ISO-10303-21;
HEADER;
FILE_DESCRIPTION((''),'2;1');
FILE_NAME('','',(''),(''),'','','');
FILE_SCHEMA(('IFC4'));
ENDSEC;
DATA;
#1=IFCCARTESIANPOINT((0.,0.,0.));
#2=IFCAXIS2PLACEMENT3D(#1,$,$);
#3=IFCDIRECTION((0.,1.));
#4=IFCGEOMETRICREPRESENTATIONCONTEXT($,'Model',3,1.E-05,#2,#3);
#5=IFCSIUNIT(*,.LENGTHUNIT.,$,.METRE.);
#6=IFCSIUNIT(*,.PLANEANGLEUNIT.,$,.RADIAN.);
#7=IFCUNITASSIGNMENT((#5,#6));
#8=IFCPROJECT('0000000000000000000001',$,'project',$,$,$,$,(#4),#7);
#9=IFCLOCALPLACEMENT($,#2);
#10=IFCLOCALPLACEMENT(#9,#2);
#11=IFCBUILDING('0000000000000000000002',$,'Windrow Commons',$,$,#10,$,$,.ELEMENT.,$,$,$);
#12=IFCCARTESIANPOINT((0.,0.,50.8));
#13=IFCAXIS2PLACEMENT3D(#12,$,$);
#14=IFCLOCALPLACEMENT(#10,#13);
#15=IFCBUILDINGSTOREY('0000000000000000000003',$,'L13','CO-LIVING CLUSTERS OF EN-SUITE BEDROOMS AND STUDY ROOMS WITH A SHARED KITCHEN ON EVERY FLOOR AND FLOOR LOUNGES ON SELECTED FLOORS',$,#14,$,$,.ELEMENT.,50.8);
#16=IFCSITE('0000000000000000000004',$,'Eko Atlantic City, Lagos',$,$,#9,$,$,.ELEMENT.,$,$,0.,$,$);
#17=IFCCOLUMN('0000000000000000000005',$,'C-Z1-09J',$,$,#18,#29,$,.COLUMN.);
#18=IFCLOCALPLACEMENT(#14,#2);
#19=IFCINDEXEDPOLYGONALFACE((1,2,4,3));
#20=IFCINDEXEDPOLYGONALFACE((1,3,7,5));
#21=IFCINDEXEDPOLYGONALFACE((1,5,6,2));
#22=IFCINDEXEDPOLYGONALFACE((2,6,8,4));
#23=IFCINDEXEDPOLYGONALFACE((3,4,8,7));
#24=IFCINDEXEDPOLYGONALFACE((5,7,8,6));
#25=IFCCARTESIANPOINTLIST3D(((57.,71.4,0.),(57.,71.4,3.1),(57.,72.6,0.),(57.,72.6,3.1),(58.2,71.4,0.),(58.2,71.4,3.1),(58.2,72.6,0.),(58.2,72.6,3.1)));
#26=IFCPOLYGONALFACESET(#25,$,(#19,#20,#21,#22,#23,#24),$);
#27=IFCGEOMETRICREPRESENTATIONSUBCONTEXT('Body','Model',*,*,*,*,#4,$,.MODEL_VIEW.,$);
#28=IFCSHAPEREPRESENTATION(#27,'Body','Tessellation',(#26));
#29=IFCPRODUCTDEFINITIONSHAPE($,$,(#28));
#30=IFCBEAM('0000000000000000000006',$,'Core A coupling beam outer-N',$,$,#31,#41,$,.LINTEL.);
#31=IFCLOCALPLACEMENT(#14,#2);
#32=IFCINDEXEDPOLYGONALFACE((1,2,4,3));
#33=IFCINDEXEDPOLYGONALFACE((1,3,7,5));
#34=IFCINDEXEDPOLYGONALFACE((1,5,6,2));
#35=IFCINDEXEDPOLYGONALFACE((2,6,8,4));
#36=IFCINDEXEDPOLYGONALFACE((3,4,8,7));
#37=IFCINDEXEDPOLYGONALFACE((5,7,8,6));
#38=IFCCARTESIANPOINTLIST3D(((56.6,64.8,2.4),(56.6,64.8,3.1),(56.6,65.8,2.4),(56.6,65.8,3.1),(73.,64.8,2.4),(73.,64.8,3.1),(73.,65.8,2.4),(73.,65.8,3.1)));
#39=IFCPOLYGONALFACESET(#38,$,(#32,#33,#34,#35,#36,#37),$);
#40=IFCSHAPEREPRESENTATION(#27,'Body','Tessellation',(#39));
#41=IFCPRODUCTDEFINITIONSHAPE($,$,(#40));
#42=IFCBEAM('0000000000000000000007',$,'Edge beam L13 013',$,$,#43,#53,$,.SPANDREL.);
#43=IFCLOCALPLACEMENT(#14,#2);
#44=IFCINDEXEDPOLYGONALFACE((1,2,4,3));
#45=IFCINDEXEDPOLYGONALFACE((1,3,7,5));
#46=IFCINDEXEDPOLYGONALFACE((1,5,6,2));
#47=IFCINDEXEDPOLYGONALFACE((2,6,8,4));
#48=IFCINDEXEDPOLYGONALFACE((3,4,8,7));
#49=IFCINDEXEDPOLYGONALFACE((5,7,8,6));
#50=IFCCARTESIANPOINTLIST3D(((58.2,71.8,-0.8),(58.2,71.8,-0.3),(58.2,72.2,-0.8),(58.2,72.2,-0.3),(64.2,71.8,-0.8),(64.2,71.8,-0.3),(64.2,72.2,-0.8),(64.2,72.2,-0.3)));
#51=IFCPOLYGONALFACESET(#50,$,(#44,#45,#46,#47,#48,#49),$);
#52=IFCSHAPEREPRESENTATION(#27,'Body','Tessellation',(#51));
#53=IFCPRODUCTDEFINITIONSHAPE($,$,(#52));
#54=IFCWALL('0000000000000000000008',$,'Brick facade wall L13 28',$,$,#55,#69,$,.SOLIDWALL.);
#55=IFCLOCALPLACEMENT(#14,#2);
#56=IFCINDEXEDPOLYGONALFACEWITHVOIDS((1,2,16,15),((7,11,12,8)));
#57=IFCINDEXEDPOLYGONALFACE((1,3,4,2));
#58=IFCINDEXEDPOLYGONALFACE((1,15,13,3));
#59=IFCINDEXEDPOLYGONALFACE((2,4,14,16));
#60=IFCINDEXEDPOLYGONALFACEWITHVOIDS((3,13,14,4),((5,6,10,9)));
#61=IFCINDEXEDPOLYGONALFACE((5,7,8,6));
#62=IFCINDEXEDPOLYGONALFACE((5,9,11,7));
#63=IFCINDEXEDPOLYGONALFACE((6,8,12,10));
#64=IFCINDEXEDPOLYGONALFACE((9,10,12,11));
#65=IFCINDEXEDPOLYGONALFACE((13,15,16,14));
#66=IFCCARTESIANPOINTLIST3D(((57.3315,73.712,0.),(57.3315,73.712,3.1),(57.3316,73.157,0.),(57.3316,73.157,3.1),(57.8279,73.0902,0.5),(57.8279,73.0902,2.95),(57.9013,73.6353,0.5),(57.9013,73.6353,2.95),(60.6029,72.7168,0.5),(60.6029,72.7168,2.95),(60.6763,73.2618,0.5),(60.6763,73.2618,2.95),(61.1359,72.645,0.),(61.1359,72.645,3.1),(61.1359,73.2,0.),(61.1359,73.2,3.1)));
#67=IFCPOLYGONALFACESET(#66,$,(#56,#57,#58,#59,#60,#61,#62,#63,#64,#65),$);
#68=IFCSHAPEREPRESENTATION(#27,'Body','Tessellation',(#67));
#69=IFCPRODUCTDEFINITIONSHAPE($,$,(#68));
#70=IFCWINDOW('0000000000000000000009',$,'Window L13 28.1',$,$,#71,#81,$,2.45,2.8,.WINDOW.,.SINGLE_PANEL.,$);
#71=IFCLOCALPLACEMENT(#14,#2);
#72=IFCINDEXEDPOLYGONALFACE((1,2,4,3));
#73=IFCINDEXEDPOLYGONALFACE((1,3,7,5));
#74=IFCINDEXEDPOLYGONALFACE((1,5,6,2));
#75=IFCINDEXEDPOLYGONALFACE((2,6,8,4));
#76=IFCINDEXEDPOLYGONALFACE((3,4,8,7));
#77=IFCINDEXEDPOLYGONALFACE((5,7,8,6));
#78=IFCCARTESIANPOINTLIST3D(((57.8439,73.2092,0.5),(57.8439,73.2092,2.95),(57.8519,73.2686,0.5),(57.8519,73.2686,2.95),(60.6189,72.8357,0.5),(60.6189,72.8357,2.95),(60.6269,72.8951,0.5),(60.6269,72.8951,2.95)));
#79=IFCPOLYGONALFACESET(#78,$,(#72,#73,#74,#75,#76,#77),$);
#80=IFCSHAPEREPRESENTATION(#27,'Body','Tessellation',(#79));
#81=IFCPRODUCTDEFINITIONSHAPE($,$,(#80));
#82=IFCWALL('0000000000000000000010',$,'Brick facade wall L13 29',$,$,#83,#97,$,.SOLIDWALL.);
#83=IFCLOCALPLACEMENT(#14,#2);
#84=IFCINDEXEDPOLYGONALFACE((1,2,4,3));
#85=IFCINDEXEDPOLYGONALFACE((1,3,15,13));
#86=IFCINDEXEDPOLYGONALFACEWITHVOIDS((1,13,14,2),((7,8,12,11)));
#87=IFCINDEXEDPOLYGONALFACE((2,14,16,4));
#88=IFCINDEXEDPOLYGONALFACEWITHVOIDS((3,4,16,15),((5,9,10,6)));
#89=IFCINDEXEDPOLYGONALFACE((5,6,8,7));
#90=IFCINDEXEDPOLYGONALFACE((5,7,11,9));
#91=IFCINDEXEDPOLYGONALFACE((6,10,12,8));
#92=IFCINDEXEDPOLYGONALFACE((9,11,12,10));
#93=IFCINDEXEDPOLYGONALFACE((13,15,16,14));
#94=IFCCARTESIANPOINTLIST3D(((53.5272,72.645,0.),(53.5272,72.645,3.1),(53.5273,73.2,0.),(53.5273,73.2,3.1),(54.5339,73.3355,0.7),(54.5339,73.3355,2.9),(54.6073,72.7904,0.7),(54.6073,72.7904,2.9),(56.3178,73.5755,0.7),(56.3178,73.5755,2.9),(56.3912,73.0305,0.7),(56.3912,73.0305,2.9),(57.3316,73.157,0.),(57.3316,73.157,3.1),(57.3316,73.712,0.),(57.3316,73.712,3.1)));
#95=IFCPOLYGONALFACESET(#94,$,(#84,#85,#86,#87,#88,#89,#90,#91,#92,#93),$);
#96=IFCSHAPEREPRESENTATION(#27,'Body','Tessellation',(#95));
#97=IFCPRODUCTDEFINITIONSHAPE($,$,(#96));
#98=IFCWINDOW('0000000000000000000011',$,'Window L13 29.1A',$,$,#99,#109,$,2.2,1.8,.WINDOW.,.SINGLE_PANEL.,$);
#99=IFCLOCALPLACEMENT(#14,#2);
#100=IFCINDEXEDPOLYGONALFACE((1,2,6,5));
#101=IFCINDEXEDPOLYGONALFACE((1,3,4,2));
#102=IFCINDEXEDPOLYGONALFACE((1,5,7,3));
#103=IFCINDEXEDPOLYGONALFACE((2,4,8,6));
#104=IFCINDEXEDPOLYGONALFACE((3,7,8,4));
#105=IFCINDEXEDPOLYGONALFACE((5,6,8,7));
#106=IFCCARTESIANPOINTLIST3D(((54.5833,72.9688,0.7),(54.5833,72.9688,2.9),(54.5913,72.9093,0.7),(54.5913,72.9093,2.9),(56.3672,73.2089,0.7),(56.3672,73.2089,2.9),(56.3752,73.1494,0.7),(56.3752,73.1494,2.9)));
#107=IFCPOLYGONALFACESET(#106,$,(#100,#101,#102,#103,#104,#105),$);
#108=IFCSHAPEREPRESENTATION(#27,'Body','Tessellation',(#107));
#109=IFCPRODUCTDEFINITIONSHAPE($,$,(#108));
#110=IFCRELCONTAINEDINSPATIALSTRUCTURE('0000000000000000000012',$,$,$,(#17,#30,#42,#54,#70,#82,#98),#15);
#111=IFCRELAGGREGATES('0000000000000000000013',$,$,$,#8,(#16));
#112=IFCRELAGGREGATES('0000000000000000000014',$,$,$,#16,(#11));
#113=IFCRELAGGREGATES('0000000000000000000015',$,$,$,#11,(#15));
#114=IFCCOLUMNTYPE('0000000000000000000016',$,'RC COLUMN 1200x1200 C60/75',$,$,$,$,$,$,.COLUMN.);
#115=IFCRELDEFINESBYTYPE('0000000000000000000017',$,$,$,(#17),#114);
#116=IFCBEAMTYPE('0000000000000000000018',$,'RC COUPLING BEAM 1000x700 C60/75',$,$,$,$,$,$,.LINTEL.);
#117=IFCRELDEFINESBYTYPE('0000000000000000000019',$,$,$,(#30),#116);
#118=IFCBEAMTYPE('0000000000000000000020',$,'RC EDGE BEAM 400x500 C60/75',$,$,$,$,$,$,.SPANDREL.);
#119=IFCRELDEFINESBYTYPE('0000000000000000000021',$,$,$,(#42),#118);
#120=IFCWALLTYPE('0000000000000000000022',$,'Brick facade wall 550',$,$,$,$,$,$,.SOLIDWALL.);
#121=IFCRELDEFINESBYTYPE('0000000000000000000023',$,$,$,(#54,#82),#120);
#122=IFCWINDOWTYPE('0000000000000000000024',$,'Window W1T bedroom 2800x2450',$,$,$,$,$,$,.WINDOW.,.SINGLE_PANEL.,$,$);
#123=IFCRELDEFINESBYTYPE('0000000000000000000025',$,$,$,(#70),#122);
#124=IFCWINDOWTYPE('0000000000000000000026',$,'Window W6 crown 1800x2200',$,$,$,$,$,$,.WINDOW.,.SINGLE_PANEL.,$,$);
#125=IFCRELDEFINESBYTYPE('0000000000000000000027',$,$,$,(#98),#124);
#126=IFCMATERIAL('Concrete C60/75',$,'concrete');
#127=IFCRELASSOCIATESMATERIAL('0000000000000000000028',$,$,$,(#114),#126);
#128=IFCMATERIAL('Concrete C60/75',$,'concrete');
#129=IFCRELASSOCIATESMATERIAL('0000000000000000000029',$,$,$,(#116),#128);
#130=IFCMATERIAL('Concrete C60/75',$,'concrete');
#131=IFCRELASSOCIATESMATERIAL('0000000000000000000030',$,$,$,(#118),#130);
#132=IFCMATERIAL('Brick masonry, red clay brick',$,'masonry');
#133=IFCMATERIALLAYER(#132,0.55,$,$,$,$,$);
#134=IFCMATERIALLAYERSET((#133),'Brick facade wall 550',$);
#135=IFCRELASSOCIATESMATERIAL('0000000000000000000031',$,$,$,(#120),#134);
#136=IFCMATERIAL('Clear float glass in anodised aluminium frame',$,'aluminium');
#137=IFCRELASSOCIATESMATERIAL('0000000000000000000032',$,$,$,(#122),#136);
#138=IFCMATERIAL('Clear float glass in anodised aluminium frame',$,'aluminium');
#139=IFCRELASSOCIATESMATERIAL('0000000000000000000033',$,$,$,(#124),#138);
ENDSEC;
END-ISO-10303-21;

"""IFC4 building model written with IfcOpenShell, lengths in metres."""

from ifc_helpers import new_model, si_unit, direction, frame, frame_2d, origin, origin_2d, place, context, subcontext, project, spatial, polyline, rectangle, outline, extrude, material, layer, layer_set, material_profile, profile_set, type_object, element, fill, save


model = new_model("IFC4")

# Units and contexts
model_context = context("Model", 3, precision=1e-05, world=origin(), true_north=direction((0.0, 1.0)))
body_context = subcontext(model_context, "Body", "Model", "MODEL_VIEW")
ifc_project = project(units=[si_unit("LENGTHUNIT", "METRE"), si_unit("PLANEANGLEUNIT", "RADIAN")], contexts=[model_context])

# Site, building, storey
site_placement = place(None, origin())
site = spatial("IfcSite", under=ifc_project, at=site_placement, Name="Eko Atlantic City, Lagos", CompositionType="ELEMENT", RefElevation=0.0)
building_placement = place(site_placement, origin())
building = spatial("IfcBuilding", under=site, at=building_placement, Name="Windrow Commons", CompositionType="ELEMENT")
storey_placement = place(building_placement, frame((0.0, 0.0, 50.8)))
storey = spatial("IfcBuildingStorey", under=building, at=storey_placement, Name="L13", Description="CO-LIVING CLUSTERS OF EN-SUITE BEDROOMS AND STUDY ROOMS WITH A SHARED KITCHEN ON EVERY FLOOR AND FLOOR LOUNGES ON SELECTED FLOORS", CompositionType="ELEMENT", Elevation=50.8)

# Column
ifc_material_1 = material(Name="Concrete C60/75", Category="concrete")
ifc_material_profile_1 = material_profile(ifc_material_1, rectangle(XDim=1.2, YDim=1.2, at=origin_2d()))
ifc_profile_set_1 = profile_set([ifc_material_profile_1], Name="Concrete C60/75")
column_type = type_object("IfcColumnType", Name="RC COLUMN 1200x1200 C60/75", PredefinedType="COLUMN", material=ifc_profile_set_1)
column_placement = place(storey_placement, frame((57.6, 72.0, 0.0), z_axis=(0.0, 0.0, 1.0), x_axis=(1.0, 0.0, 0.0)))
element("IfcColumn", 1, at=column_placement, inside=storey, type_object=column_type, Name="C-Z1-09J", PredefinedType="COLUMN", context=body_context, shape_type="SweptSolid", body=[
    extrude(rectangle(XDim=1.2, YDim=1.2, at=origin_2d()), origin(), (0.0, 0.0, 1.0), 3.1),
])

# Beams
ifc_material_2 = material(Name="Concrete C60/75", Category="concrete")
ifc_material_profile_2 = material_profile(ifc_material_2, rectangle(XDim=1.0, YDim=0.7, at=origin_2d()))
ifc_profile_set_2 = profile_set([ifc_material_profile_2], Name="Concrete C60/75")
beam_type_1 = type_object("IfcBeamType", Name="RC COUPLING BEAM 1000x700 C60/75", PredefinedType="LINTEL", material=ifc_profile_set_2)
beam_1_placement = place(storey_placement, frame((56.6, 65.3, 2.75), z_axis=(1.0, 0.0, 0.0), x_axis=(0.0, 1.0, 0.0)))
element("IfcBeam", 2, at=beam_1_placement, inside=storey, type_object=beam_type_1, Name="Core A coupling beam outer-N", PredefinedType="LINTEL", context=body_context, shape_type="SweptSolid", body=[
    extrude(rectangle(XDim=1.0, YDim=0.7, at=origin_2d()), origin(), (0.0, 0.0, 1.0), 16.4),
])
ifc_material_3 = material(Name="Concrete C60/75", Category="concrete")
ifc_material_profile_3 = material_profile(ifc_material_3, rectangle(XDim=0.4, YDim=0.5, at=origin_2d()))
ifc_profile_set_3 = profile_set([ifc_material_profile_3], Name="Concrete C60/75")
beam_type_2 = type_object("IfcBeamType", Name="RC EDGE BEAM 400x500 C60/75", PredefinedType="SPANDREL", material=ifc_profile_set_3)
beam_2_placement = place(storey_placement, frame((58.2, 72.0, -0.55), z_axis=(1.0, 0.0, 0.0), x_axis=(0.0, 1.0, 0.0)))
element("IfcBeam", 3, at=beam_2_placement, inside=storey, type_object=beam_type_2, Name="Edge beam L13 013", PredefinedType="SPANDREL", context=body_context, shape_type="SweptSolid", body=[
    extrude(rectangle(XDim=0.4, YDim=0.5, at=origin_2d()), origin(), (0.0, 0.0, 1.0), 6.0),
])

# Walls, openings, windows
ifc_material_4 = material(Name="Brick masonry, red clay brick", Category="masonry")
ifc_layer_1 = layer(ifc_material_4, 0.55)
ifc_layer_set_1 = layer_set([ifc_layer_1], Name="Brick facade wall 550")
wall_type_1 = type_object("IfcWallType", Name="Brick facade wall 550", PredefinedType="SOLIDWALL", material=ifc_layer_set_1)
wall_1_placement = place(storey_placement, frame((61.1359, 72.9225, 0.0), z_axis=(0.0, 0.0, 1.0), x_axis=(-0.991065, 0.133382, 0.0)))
wall_1 = element("IfcWall", 4, at=wall_1_placement, inside=storey, type_object=wall_type_1, Name="Brick facade wall L13 28", PredefinedType="SOLIDWALL", context=body_context, shape_type="SweptSolid", body=[
    extrude(outline(polyline([(0.037, -0.275), (3.8757, -0.275), (3.8016, 0.275), (-0.037, 0.275), (0.037, -0.275)])), origin(), (0.0, 0.0, 1.0), 3.1),
])
opening_1_placement = place(wall_1_placement, frame((0.5008, 0.0, 0.5)))
opening_1 = element("IfcOpeningElement", 5, at=opening_1_placement, cuts=wall_1, PredefinedType="OPENING", context=body_context, shape_type="SweptSolid", body=[
    extrude(rectangle(XDim=2.8, YDim=2.45, at=frame_2d((1.4, 1.225))), frame((0.0, 0.285, 0.0), z_axis=(0.0, -1.0, 0.0), x_axis=(1.0, 0.0, 0.0)), (0.0, 0.0, 1.0), 0.57),
])
ifc_material_5 = material(Name="Clear float glass in anodised aluminium frame", Category="aluminium")
window_type_1 = type_object("IfcWindowType", Name="Window W1T bedroom 2800x2450", PartitioningType="SINGLE_PANEL", PredefinedType="WINDOW", material=ifc_material_5)
window_1_placement = place(opening_1_placement, origin())
window_1 = element("IfcWindow", 6, at=window_1_placement, inside=storey, type_object=window_type_1, Name="Window L13 28.1", OverallHeight=2.45, OverallWidth=2.8, PartitioningType="SINGLE_PANEL", PredefinedType="WINDOW", context=body_context, shape_type="SweptSolid", body=[
    extrude(rectangle(XDim=2.8, YDim=2.45, at=frame_2d((1.4, 1.225))), frame((0.0, 0.155, 0.0), z_axis=(0.0, -1.0, 0.0), x_axis=(1.0, 0.0, 0.0)), (0.0, 0.0, 1.0), 0.06),
])
fill(opening_1, window_1)
wall_2_placement = place(storey_placement, frame((57.3316, 73.4345, 0.0), z_axis=(0.0, 0.0, 1.0), x_axis=(-0.991065, -0.133379, 0.0)))
wall_2 = element("IfcWall", 7, at=wall_2_placement, inside=storey, type_object=wall_type_1, Name="Brick facade wall L13 29", PredefinedType="SOLIDWALL", context=body_context, shape_type="SweptSolid", body=[
    extrude(outline(polyline([(-0.037, -0.275), (3.8016, -0.275), (3.8757, 0.275), (0.037, 0.275), (-0.037, -0.275)])), origin(), (0.0, 0.0, 1.0), 3.1),
])
opening_2_placement = place(wall_2_placement, frame((0.9859, 0.0, 0.7)))
opening_2 = element("IfcOpeningElement", 8, at=opening_2_placement, cuts=wall_2, PredefinedType="OPENING", context=body_context, shape_type="SweptSolid", body=[
    extrude(rectangle(XDim=1.8, YDim=2.2, at=frame_2d((0.9, 1.1))), frame((0.0, 0.285, 0.0), z_axis=(0.0, -1.0, 0.0), x_axis=(1.0, 0.0, 0.0)), (0.0, 0.0, 1.0), 0.57),
])
ifc_material_6 = material(Name="Clear float glass in anodised aluminium frame", Category="aluminium")
window_type_2 = type_object("IfcWindowType", Name="Window W6 crown 1800x2200", PartitioningType="SINGLE_PANEL", PredefinedType="WINDOW", material=ifc_material_6)
window_2_placement = place(opening_2_placement, origin())
window_2 = element("IfcWindow", 9, at=window_2_placement, inside=storey, type_object=window_type_2, Name="Window L13 29.1A", OverallHeight=2.2, OverallWidth=1.8, PartitioningType="SINGLE_PANEL", PredefinedType="WINDOW", context=body_context, shape_type="SweptSolid", body=[
    extrude(rectangle(XDim=1.8, YDim=2.2, at=frame_2d((0.9, 1.1))), frame((0.0, 0.155, 0.0), z_axis=(0.0, -1.0, 0.0), x_axis=(1.0, 0.0, 0.0)), (0.0, 0.0, 1.0), 0.06),
])
fill(opening_2, window_2)

save(model, "model.ifc")
